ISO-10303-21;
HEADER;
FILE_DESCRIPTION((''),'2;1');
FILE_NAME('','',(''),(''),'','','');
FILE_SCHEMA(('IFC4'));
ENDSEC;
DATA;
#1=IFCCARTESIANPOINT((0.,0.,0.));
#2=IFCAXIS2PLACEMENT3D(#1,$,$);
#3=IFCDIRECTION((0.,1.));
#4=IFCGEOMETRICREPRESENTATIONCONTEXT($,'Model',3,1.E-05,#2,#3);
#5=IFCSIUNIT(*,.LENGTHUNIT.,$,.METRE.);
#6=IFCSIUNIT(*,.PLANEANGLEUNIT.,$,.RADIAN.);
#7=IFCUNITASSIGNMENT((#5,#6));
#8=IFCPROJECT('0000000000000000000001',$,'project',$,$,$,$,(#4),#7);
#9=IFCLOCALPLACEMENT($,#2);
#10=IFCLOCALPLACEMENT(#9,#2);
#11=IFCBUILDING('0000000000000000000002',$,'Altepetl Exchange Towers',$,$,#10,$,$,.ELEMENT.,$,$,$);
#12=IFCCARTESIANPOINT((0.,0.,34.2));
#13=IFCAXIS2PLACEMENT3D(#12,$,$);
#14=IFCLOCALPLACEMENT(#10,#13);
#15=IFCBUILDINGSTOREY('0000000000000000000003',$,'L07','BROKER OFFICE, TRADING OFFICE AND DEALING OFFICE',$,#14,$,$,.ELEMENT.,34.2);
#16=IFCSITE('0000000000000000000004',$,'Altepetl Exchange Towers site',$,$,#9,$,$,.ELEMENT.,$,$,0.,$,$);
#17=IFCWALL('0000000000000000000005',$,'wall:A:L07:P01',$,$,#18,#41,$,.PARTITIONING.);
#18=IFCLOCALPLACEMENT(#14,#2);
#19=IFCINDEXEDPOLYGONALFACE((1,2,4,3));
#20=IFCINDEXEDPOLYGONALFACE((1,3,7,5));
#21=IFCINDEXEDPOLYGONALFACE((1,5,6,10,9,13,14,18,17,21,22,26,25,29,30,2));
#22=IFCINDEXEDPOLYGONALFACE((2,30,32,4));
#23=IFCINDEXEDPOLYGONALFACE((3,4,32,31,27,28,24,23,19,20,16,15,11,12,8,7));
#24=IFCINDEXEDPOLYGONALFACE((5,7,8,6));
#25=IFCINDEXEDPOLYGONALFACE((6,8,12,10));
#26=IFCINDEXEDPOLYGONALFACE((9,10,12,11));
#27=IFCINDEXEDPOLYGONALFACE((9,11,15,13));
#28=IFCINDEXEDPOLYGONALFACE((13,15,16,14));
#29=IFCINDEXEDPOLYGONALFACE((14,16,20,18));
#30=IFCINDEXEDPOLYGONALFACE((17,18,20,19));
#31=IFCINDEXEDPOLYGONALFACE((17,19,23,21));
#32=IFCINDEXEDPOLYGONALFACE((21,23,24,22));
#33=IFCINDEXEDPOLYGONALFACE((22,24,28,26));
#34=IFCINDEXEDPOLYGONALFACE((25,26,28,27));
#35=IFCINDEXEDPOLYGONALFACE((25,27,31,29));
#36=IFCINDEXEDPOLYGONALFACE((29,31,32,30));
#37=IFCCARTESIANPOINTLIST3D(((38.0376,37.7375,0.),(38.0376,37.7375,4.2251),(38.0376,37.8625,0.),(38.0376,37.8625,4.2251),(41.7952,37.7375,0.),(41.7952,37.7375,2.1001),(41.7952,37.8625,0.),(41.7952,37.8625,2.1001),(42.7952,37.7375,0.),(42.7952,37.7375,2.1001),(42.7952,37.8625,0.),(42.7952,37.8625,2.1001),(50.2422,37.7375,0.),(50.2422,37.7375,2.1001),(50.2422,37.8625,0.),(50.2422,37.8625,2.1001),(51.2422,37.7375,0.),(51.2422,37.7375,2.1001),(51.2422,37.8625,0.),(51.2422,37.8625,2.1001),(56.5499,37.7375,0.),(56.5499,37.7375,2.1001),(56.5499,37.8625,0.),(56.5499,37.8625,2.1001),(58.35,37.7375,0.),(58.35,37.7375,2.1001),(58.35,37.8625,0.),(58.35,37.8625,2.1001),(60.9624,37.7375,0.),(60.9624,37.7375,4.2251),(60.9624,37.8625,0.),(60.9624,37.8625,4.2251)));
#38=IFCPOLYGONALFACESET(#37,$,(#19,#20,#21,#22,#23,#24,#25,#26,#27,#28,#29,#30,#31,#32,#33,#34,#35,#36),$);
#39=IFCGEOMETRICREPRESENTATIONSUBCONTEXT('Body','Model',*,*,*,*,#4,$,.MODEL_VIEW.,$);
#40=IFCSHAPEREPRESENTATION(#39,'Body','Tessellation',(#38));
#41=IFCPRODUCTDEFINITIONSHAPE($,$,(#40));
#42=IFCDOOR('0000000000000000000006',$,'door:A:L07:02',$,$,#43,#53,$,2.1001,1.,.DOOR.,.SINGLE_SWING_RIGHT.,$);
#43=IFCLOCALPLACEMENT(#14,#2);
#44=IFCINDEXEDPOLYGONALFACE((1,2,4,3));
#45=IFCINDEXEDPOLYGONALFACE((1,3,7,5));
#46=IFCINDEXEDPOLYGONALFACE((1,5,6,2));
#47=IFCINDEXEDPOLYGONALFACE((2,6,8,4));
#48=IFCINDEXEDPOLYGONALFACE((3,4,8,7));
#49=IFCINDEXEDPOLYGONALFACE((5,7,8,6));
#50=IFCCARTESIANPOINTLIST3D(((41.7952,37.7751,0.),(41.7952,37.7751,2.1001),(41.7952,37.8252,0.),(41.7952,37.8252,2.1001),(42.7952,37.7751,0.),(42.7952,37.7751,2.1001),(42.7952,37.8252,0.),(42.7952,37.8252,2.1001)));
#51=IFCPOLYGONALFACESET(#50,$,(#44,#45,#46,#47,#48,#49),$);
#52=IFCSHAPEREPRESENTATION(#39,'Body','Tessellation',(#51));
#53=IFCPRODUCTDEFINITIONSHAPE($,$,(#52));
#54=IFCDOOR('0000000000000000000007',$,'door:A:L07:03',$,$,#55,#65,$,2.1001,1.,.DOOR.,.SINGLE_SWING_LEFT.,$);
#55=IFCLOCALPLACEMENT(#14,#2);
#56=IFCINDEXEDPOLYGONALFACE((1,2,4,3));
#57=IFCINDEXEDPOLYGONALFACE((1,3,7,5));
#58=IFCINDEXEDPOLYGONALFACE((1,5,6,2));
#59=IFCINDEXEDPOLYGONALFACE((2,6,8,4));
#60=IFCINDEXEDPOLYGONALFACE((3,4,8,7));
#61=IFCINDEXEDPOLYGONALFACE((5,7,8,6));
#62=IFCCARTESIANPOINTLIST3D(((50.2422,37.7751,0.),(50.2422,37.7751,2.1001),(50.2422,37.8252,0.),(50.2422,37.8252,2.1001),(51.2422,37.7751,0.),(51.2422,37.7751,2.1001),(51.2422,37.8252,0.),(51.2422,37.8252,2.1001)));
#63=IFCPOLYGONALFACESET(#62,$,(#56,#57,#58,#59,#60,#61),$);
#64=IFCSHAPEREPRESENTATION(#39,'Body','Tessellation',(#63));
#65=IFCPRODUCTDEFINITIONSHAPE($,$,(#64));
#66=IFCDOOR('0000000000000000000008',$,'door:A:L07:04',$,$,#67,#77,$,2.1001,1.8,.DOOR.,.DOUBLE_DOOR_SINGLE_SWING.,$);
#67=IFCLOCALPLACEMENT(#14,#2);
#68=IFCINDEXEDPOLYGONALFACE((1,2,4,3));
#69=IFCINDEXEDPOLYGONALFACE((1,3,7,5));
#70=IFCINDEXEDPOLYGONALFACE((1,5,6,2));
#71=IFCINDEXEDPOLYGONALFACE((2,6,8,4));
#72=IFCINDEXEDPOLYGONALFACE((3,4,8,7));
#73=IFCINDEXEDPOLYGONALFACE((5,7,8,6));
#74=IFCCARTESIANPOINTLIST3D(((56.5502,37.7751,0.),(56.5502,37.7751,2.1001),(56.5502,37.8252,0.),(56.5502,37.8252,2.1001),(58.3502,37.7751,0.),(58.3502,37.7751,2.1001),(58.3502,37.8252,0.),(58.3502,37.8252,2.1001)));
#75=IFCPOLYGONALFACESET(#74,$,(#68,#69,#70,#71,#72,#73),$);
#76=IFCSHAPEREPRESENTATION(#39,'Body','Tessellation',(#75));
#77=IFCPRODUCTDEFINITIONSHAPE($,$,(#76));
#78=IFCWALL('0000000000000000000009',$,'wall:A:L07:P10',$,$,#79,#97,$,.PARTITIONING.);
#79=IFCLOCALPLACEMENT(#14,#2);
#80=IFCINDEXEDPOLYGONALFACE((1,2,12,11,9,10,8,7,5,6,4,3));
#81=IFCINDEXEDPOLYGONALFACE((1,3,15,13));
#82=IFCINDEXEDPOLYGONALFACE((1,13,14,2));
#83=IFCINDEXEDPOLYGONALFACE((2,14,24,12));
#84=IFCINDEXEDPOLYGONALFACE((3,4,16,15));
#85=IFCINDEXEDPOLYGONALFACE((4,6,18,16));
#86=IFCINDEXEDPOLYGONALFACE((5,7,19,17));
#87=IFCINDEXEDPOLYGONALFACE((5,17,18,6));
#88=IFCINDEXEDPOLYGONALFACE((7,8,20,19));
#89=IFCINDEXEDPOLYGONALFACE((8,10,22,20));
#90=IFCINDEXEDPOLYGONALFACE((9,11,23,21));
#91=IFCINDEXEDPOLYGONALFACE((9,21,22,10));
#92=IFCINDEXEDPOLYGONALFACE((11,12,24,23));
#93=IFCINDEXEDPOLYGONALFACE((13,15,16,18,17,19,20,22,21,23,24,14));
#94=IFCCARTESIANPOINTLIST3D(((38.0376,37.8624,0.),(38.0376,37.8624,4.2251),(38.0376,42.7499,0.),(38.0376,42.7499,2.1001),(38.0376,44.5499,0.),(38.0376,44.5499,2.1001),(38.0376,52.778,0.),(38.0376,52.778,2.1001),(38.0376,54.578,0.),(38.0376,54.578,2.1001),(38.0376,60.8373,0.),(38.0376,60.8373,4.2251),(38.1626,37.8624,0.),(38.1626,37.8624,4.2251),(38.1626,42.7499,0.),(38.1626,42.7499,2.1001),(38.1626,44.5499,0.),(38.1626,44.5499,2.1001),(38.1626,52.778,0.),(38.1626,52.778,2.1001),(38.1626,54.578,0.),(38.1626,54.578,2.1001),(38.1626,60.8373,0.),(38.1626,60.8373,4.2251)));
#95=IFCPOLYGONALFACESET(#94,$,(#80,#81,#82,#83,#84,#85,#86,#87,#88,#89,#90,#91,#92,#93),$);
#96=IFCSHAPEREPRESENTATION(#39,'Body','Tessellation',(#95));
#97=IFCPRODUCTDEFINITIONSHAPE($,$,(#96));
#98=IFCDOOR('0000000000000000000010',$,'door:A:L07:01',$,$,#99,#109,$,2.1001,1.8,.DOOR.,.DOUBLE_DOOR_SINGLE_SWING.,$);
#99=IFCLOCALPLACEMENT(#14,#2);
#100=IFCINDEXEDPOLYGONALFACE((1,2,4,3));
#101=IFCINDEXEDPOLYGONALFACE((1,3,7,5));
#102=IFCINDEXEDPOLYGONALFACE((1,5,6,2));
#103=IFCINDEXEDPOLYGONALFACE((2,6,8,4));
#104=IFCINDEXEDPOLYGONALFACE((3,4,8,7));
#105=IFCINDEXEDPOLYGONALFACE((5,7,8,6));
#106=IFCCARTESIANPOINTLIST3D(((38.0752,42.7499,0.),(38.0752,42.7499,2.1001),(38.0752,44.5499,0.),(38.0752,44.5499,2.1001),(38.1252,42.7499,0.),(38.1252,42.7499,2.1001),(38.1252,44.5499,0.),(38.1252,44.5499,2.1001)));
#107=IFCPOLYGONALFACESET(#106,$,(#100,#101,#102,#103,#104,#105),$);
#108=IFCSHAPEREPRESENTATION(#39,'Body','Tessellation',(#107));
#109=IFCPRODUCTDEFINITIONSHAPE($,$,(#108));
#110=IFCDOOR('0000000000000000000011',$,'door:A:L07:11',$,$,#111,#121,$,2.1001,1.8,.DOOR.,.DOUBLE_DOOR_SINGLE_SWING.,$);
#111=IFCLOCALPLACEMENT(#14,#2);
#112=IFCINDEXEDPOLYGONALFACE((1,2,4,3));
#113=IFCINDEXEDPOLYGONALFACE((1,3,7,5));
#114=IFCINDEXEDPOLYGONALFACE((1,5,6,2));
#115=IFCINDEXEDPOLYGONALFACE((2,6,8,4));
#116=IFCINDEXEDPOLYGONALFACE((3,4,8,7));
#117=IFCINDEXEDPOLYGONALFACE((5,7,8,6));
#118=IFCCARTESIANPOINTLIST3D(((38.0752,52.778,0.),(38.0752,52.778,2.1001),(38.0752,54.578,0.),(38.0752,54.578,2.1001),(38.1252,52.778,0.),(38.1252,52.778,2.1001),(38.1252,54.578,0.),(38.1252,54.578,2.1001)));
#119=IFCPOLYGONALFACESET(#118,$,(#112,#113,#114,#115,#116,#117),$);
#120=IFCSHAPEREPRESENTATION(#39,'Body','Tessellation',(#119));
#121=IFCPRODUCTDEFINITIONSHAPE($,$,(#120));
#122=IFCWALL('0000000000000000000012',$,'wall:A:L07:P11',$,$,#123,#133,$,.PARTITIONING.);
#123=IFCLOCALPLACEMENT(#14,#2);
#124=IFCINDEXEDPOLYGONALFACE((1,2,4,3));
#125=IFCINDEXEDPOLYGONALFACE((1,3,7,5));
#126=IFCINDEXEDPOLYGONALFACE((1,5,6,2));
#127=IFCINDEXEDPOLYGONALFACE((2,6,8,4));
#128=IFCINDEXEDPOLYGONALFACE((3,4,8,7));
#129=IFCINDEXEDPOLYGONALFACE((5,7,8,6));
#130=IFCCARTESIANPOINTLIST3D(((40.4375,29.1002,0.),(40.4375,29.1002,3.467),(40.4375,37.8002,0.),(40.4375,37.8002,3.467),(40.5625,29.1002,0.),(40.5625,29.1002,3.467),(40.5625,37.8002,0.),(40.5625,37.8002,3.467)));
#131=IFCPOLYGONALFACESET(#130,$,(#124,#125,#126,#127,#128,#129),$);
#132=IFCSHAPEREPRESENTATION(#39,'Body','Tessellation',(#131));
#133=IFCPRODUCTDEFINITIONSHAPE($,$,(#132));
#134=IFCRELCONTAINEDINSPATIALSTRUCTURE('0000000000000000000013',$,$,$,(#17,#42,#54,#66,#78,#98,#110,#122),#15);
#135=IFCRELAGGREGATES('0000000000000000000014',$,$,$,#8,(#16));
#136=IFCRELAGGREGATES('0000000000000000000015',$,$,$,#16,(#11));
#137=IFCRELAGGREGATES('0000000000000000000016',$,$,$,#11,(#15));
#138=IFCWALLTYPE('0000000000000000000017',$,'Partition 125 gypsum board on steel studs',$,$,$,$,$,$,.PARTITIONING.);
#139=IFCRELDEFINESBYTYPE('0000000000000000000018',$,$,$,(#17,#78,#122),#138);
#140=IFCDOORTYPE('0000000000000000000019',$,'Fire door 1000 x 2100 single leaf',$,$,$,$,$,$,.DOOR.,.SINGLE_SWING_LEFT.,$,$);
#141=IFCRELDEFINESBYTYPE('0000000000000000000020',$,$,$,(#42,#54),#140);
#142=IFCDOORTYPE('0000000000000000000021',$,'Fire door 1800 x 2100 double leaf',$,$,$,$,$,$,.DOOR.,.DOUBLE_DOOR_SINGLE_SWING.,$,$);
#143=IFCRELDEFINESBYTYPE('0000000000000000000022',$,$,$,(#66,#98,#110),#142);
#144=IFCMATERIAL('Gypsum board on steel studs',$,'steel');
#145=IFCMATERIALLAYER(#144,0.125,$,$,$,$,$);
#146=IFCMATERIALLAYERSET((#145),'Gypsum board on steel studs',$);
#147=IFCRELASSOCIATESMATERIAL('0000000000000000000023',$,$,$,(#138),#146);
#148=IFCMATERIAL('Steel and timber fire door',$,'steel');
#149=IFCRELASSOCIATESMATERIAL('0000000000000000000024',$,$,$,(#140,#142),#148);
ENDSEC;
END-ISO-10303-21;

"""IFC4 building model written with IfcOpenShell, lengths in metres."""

from ifc_helpers import new_model, si_unit, direction, frame, frame_2d, origin, place, context, subcontext, project, spatial, rectangle, extrude, material, layer, layer_set, type_object, element, fill, save


model = new_model("IFC4")

# Units and contexts
model_context = context("Model", 3, precision=1e-05, world=origin(), true_north=direction((0.0, 1.0)))
body_context = subcontext(model_context, "Body", "Model", "MODEL_VIEW")
ifc_project = project(units=[si_unit("LENGTHUNIT", "METRE"), si_unit("PLANEANGLEUNIT", "RADIAN")], contexts=[model_context])

# Site, building, storey
site_placement = place(None, origin())
site = spatial("IfcSite", under=ifc_project, at=site_placement, Name="Altepetl Exchange Towers site", CompositionType="ELEMENT", RefElevation=0.0)
building_placement = place(site_placement, origin())
building = spatial("IfcBuilding", under=site, at=building_placement, Name="Altepetl Exchange Towers", CompositionType="ELEMENT")
storey_placement = place(building_placement, frame((0.0, 0.0, 34.2)))
storey = spatial("IfcBuildingStorey", under=building, at=storey_placement, Name="L07", Description="BROKER OFFICE, TRADING OFFICE AND DEALING OFFICE", CompositionType="ELEMENT", Elevation=34.2)

# Walls, openings, doors
ifc_material_1 = material(Name="Steel and timber fire door", Category="steel")
ifc_material_2 = material(Name="Gypsum board on steel studs", Category="steel")
ifc_layer_1 = layer(ifc_material_2, 0.125)
ifc_layer_set_1 = layer_set([ifc_layer_1], Name="Gypsum board on steel studs")
wall_type_1 = type_object("IfcWallType", Name="Partition 125 gypsum board on steel studs", PredefinedType="PARTITIONING", material=ifc_layer_set_1)
wall_1_placement = place(storey_placement, frame((38.0376, 37.8, 0.0)))
wall_1 = element("IfcWall", 1, at=wall_1_placement, inside=storey, type_object=wall_type_1, Name="wall:A:L07:P01", PredefinedType="PARTITIONING", context=body_context, shape_type="SweptSolid", body=[
    extrude(rectangle(XDim=22.9248, YDim=0.125, at=frame_2d((11.4624, 0.0))), origin(), (0.0, 0.0, 1.0), 4.2251),
])
opening_1_placement = place(wall_1_placement, frame((3.7576, 0.0, 0.0)))
opening_1 = element("IfcOpeningElement", 2, at=opening_1_placement, cuts=wall_1, PredefinedType="OPENING", context=body_context, shape_type="SweptSolid", body=[
    extrude(rectangle(XDim=1.0, YDim=2.1001, at=frame_2d((0.5, 1.05))), frame((0.0, 0.0725, 0.0), z_axis=(0.0, -1.0, 0.0), x_axis=(1.0, 0.0, 0.0)), (0.0, 0.0, 1.0), 0.145),
])
opening_2_placement = place(wall_1_placement, frame((12.2046, 0.0, 0.0)))
opening_2 = element("IfcOpeningElement", 3, at=opening_2_placement, cuts=wall_1, PredefinedType="OPENING", context=body_context, shape_type="SweptSolid", body=[
    extrude(rectangle(XDim=1.0, YDim=2.1001, at=frame_2d((0.5, 1.05))), frame((0.0, 0.0725, 0.0), z_axis=(0.0, -1.0, 0.0), x_axis=(1.0, 0.0, 0.0)), (0.0, 0.0, 1.0), 0.145),
])
opening_3_placement = place(wall_1_placement, frame((18.5125, 0.0, 0.0)))
opening_3 = element("IfcOpeningElement", 4, at=opening_3_placement, cuts=wall_1, PredefinedType="OPENING", context=body_context, shape_type="SweptSolid", body=[
    extrude(rectangle(XDim=1.8, YDim=2.1001, at=frame_2d((0.8999, 1.05))), frame((0.0, 0.0725, 0.0), z_axis=(0.0, -1.0, 0.0), x_axis=(1.0, 0.0, 0.0)), (0.0, 0.0, 1.0), 0.145),
])
door_type_1 = type_object("IfcDoorType", Name="Fire door 1000 x 2100 single leaf", OperationType="SINGLE_SWING_LEFT", PredefinedType="DOOR", material=ifc_material_1)
door_1_placement = place(opening_1_placement, frame((1.0, 0.0, 0.0), x_axis=(-1.0, 0.0, 0.0)))
door_1 = element("IfcDoor", 5, at=door_1_placement, inside=storey, type_object=door_type_1, Name="door:A:L07:02", OperationType="SINGLE_SWING_RIGHT", OverallHeight=2.1001, OverallWidth=1.0, PredefinedType="DOOR", context=body_context, shape_type="SweptSolid", body=[
    extrude(rectangle(XDim=1.0, YDim=2.1001, at=frame_2d((0.5, 1.05))), frame((0.0, 0.0249, 0.0), z_axis=(0.0, -1.0, 0.0), x_axis=(1.0, 0.0, 0.0)), (0.0, 0.0, 1.0), 0.05),
])
fill(opening_1, door_1)
door_2_placement = place(opening_2_placement, frame((1.0, 0.0, 0.0), x_axis=(-1.0, 0.0, 0.0)))
door_2 = element("IfcDoor", 6, at=door_2_placement, inside=storey, type_object=door_type_1, Name="door:A:L07:03", OperationType="SINGLE_SWING_LEFT", OverallHeight=2.1001, OverallWidth=1.0, PredefinedType="DOOR", context=body_context, shape_type="SweptSolid", body=[
    extrude(rectangle(XDim=1.0, YDim=2.1001, at=frame_2d((0.5, 1.05))), frame((0.0, 0.0249, 0.0), z_axis=(0.0, -1.0, 0.0), x_axis=(1.0, 0.0, 0.0)), (0.0, 0.0, 1.0), 0.05),
])
fill(opening_2, door_2)
door_type_2 = type_object("IfcDoorType", Name="Fire door 1800 x 2100 double leaf", OperationType="DOUBLE_DOOR_SINGLE_SWING", PredefinedType="DOOR", material=ifc_material_1)
door_3_placement = place(opening_3_placement, frame((1.8, 0.0, 0.0), x_axis=(-1.0, 0.0, 0.0)))
door_3 = element("IfcDoor", 7, at=door_3_placement, inside=storey, type_object=door_type_2, Name="door:A:L07:04", OperationType="DOUBLE_DOOR_SINGLE_SWING", OverallHeight=2.1001, OverallWidth=1.8, PredefinedType="DOOR", context=body_context, shape_type="SweptSolid", body=[
    extrude(rectangle(XDim=1.8, YDim=2.1001, at=frame_2d((0.8999, 1.05))), frame((0.0, 0.0249, 0.0), z_axis=(0.0, -1.0, 0.0), x_axis=(1.0, 0.0, 0.0)), (0.0, 0.0, 1.0), 0.05),
])
fill(opening_3, door_3)
wall_2_placement = place(storey_placement, frame((38.1001, 37.8625, 0.0), z_axis=(0.0, 0.0, 1.0), x_axis=(0.0, 1.0, 0.0)))
wall_2 = element("IfcWall", 8, at=wall_2_placement, inside=storey, type_object=wall_type_1, Name="wall:A:L07:P10", PredefinedType="PARTITIONING", context=body_context, shape_type="SweptSolid", body=[
    extrude(rectangle(XDim=22.9749, YDim=0.125, at=frame_2d((11.4873, 0.0))), origin(), (0.0, 0.0, 1.0), 4.2251),
])
opening_4_placement = place(wall_2_placement, frame((4.8875, 0.0, 0.0)))
opening_4 = element("IfcOpeningElement", 9, at=opening_4_placement, cuts=wall_2, PredefinedType="OPENING", context=body_context, shape_type="SweptSolid", body=[
    extrude(rectangle(XDim=1.8, YDim=2.1001, at=frame_2d((0.8999, 1.05))), frame((0.0, 0.0725, 0.0), z_axis=(0.0, -1.0, 0.0), x_axis=(1.0, 0.0, 0.0)), (0.0, 0.0, 1.0), 0.145),
])
opening_5_placement = place(wall_2_placement, frame((14.9155, 0.0, 0.0)))
opening_5 = element("IfcOpeningElement", 10, at=opening_5_placement, cuts=wall_2, PredefinedType="OPENING", context=body_context, shape_type="SweptSolid", body=[
    extrude(rectangle(XDim=1.8, YDim=2.1001, at=frame_2d((0.8999, 1.05))), frame((0.0, 0.0725, 0.0), z_axis=(0.0, -1.0, 0.0), x_axis=(1.0, 0.0, 0.0)), (0.0, 0.0, 1.0), 0.145),
])
door_4_placement = place(opening_4_placement, origin())
door_4 = element("IfcDoor", 11, at=door_4_placement, inside=storey, type_object=door_type_2, Name="door:A:L07:01", OperationType="DOUBLE_DOOR_SINGLE_SWING", OverallHeight=2.1001, OverallWidth=1.8, PredefinedType="DOOR", context=body_context, shape_type="SweptSolid", body=[
    extrude(rectangle(XDim=1.8, YDim=2.1001, at=frame_2d((0.8999, 1.05))), frame((0.0, 0.0249, 0.0), z_axis=(0.0, -1.0, 0.0), x_axis=(1.0, 0.0, 0.0)), (0.0, 0.0, 1.0), 0.05),
])
fill(opening_4, door_4)
door_5_placement = place(opening_5_placement, origin())
door_5 = element("IfcDoor", 12, at=door_5_placement, inside=storey, type_object=door_type_2, Name="door:A:L07:11", OperationType="DOUBLE_DOOR_SINGLE_SWING", OverallHeight=2.1001, OverallWidth=1.8, PredefinedType="DOOR", context=body_context, shape_type="SweptSolid", body=[
    extrude(rectangle(XDim=1.8, YDim=2.1001, at=frame_2d((0.8999, 1.05))), frame((0.0, 0.0249, 0.0), z_axis=(0.0, -1.0, 0.0), x_axis=(1.0, 0.0, 0.0)), (0.0, 0.0, 1.0), 0.05),
])
fill(opening_5, door_5)

# Wall
wall_3_placement = place(storey_placement, frame((40.5, 29.1001, 0.0), z_axis=(0.0, 0.0, 1.0), x_axis=(0.0, 1.0, 0.0)))
element("IfcWall", 13, at=wall_3_placement, inside=storey, type_object=wall_type_1, Name="wall:A:L07:P11", PredefinedType="PARTITIONING", context=body_context, shape_type="SweptSolid", body=[
    extrude(rectangle(XDim=8.7, YDim=0.125, at=frame_2d((4.3501, 0.0))), origin(), (0.0, 0.0, 1.0), 3.467),
])

save(model, "model.ifc")
